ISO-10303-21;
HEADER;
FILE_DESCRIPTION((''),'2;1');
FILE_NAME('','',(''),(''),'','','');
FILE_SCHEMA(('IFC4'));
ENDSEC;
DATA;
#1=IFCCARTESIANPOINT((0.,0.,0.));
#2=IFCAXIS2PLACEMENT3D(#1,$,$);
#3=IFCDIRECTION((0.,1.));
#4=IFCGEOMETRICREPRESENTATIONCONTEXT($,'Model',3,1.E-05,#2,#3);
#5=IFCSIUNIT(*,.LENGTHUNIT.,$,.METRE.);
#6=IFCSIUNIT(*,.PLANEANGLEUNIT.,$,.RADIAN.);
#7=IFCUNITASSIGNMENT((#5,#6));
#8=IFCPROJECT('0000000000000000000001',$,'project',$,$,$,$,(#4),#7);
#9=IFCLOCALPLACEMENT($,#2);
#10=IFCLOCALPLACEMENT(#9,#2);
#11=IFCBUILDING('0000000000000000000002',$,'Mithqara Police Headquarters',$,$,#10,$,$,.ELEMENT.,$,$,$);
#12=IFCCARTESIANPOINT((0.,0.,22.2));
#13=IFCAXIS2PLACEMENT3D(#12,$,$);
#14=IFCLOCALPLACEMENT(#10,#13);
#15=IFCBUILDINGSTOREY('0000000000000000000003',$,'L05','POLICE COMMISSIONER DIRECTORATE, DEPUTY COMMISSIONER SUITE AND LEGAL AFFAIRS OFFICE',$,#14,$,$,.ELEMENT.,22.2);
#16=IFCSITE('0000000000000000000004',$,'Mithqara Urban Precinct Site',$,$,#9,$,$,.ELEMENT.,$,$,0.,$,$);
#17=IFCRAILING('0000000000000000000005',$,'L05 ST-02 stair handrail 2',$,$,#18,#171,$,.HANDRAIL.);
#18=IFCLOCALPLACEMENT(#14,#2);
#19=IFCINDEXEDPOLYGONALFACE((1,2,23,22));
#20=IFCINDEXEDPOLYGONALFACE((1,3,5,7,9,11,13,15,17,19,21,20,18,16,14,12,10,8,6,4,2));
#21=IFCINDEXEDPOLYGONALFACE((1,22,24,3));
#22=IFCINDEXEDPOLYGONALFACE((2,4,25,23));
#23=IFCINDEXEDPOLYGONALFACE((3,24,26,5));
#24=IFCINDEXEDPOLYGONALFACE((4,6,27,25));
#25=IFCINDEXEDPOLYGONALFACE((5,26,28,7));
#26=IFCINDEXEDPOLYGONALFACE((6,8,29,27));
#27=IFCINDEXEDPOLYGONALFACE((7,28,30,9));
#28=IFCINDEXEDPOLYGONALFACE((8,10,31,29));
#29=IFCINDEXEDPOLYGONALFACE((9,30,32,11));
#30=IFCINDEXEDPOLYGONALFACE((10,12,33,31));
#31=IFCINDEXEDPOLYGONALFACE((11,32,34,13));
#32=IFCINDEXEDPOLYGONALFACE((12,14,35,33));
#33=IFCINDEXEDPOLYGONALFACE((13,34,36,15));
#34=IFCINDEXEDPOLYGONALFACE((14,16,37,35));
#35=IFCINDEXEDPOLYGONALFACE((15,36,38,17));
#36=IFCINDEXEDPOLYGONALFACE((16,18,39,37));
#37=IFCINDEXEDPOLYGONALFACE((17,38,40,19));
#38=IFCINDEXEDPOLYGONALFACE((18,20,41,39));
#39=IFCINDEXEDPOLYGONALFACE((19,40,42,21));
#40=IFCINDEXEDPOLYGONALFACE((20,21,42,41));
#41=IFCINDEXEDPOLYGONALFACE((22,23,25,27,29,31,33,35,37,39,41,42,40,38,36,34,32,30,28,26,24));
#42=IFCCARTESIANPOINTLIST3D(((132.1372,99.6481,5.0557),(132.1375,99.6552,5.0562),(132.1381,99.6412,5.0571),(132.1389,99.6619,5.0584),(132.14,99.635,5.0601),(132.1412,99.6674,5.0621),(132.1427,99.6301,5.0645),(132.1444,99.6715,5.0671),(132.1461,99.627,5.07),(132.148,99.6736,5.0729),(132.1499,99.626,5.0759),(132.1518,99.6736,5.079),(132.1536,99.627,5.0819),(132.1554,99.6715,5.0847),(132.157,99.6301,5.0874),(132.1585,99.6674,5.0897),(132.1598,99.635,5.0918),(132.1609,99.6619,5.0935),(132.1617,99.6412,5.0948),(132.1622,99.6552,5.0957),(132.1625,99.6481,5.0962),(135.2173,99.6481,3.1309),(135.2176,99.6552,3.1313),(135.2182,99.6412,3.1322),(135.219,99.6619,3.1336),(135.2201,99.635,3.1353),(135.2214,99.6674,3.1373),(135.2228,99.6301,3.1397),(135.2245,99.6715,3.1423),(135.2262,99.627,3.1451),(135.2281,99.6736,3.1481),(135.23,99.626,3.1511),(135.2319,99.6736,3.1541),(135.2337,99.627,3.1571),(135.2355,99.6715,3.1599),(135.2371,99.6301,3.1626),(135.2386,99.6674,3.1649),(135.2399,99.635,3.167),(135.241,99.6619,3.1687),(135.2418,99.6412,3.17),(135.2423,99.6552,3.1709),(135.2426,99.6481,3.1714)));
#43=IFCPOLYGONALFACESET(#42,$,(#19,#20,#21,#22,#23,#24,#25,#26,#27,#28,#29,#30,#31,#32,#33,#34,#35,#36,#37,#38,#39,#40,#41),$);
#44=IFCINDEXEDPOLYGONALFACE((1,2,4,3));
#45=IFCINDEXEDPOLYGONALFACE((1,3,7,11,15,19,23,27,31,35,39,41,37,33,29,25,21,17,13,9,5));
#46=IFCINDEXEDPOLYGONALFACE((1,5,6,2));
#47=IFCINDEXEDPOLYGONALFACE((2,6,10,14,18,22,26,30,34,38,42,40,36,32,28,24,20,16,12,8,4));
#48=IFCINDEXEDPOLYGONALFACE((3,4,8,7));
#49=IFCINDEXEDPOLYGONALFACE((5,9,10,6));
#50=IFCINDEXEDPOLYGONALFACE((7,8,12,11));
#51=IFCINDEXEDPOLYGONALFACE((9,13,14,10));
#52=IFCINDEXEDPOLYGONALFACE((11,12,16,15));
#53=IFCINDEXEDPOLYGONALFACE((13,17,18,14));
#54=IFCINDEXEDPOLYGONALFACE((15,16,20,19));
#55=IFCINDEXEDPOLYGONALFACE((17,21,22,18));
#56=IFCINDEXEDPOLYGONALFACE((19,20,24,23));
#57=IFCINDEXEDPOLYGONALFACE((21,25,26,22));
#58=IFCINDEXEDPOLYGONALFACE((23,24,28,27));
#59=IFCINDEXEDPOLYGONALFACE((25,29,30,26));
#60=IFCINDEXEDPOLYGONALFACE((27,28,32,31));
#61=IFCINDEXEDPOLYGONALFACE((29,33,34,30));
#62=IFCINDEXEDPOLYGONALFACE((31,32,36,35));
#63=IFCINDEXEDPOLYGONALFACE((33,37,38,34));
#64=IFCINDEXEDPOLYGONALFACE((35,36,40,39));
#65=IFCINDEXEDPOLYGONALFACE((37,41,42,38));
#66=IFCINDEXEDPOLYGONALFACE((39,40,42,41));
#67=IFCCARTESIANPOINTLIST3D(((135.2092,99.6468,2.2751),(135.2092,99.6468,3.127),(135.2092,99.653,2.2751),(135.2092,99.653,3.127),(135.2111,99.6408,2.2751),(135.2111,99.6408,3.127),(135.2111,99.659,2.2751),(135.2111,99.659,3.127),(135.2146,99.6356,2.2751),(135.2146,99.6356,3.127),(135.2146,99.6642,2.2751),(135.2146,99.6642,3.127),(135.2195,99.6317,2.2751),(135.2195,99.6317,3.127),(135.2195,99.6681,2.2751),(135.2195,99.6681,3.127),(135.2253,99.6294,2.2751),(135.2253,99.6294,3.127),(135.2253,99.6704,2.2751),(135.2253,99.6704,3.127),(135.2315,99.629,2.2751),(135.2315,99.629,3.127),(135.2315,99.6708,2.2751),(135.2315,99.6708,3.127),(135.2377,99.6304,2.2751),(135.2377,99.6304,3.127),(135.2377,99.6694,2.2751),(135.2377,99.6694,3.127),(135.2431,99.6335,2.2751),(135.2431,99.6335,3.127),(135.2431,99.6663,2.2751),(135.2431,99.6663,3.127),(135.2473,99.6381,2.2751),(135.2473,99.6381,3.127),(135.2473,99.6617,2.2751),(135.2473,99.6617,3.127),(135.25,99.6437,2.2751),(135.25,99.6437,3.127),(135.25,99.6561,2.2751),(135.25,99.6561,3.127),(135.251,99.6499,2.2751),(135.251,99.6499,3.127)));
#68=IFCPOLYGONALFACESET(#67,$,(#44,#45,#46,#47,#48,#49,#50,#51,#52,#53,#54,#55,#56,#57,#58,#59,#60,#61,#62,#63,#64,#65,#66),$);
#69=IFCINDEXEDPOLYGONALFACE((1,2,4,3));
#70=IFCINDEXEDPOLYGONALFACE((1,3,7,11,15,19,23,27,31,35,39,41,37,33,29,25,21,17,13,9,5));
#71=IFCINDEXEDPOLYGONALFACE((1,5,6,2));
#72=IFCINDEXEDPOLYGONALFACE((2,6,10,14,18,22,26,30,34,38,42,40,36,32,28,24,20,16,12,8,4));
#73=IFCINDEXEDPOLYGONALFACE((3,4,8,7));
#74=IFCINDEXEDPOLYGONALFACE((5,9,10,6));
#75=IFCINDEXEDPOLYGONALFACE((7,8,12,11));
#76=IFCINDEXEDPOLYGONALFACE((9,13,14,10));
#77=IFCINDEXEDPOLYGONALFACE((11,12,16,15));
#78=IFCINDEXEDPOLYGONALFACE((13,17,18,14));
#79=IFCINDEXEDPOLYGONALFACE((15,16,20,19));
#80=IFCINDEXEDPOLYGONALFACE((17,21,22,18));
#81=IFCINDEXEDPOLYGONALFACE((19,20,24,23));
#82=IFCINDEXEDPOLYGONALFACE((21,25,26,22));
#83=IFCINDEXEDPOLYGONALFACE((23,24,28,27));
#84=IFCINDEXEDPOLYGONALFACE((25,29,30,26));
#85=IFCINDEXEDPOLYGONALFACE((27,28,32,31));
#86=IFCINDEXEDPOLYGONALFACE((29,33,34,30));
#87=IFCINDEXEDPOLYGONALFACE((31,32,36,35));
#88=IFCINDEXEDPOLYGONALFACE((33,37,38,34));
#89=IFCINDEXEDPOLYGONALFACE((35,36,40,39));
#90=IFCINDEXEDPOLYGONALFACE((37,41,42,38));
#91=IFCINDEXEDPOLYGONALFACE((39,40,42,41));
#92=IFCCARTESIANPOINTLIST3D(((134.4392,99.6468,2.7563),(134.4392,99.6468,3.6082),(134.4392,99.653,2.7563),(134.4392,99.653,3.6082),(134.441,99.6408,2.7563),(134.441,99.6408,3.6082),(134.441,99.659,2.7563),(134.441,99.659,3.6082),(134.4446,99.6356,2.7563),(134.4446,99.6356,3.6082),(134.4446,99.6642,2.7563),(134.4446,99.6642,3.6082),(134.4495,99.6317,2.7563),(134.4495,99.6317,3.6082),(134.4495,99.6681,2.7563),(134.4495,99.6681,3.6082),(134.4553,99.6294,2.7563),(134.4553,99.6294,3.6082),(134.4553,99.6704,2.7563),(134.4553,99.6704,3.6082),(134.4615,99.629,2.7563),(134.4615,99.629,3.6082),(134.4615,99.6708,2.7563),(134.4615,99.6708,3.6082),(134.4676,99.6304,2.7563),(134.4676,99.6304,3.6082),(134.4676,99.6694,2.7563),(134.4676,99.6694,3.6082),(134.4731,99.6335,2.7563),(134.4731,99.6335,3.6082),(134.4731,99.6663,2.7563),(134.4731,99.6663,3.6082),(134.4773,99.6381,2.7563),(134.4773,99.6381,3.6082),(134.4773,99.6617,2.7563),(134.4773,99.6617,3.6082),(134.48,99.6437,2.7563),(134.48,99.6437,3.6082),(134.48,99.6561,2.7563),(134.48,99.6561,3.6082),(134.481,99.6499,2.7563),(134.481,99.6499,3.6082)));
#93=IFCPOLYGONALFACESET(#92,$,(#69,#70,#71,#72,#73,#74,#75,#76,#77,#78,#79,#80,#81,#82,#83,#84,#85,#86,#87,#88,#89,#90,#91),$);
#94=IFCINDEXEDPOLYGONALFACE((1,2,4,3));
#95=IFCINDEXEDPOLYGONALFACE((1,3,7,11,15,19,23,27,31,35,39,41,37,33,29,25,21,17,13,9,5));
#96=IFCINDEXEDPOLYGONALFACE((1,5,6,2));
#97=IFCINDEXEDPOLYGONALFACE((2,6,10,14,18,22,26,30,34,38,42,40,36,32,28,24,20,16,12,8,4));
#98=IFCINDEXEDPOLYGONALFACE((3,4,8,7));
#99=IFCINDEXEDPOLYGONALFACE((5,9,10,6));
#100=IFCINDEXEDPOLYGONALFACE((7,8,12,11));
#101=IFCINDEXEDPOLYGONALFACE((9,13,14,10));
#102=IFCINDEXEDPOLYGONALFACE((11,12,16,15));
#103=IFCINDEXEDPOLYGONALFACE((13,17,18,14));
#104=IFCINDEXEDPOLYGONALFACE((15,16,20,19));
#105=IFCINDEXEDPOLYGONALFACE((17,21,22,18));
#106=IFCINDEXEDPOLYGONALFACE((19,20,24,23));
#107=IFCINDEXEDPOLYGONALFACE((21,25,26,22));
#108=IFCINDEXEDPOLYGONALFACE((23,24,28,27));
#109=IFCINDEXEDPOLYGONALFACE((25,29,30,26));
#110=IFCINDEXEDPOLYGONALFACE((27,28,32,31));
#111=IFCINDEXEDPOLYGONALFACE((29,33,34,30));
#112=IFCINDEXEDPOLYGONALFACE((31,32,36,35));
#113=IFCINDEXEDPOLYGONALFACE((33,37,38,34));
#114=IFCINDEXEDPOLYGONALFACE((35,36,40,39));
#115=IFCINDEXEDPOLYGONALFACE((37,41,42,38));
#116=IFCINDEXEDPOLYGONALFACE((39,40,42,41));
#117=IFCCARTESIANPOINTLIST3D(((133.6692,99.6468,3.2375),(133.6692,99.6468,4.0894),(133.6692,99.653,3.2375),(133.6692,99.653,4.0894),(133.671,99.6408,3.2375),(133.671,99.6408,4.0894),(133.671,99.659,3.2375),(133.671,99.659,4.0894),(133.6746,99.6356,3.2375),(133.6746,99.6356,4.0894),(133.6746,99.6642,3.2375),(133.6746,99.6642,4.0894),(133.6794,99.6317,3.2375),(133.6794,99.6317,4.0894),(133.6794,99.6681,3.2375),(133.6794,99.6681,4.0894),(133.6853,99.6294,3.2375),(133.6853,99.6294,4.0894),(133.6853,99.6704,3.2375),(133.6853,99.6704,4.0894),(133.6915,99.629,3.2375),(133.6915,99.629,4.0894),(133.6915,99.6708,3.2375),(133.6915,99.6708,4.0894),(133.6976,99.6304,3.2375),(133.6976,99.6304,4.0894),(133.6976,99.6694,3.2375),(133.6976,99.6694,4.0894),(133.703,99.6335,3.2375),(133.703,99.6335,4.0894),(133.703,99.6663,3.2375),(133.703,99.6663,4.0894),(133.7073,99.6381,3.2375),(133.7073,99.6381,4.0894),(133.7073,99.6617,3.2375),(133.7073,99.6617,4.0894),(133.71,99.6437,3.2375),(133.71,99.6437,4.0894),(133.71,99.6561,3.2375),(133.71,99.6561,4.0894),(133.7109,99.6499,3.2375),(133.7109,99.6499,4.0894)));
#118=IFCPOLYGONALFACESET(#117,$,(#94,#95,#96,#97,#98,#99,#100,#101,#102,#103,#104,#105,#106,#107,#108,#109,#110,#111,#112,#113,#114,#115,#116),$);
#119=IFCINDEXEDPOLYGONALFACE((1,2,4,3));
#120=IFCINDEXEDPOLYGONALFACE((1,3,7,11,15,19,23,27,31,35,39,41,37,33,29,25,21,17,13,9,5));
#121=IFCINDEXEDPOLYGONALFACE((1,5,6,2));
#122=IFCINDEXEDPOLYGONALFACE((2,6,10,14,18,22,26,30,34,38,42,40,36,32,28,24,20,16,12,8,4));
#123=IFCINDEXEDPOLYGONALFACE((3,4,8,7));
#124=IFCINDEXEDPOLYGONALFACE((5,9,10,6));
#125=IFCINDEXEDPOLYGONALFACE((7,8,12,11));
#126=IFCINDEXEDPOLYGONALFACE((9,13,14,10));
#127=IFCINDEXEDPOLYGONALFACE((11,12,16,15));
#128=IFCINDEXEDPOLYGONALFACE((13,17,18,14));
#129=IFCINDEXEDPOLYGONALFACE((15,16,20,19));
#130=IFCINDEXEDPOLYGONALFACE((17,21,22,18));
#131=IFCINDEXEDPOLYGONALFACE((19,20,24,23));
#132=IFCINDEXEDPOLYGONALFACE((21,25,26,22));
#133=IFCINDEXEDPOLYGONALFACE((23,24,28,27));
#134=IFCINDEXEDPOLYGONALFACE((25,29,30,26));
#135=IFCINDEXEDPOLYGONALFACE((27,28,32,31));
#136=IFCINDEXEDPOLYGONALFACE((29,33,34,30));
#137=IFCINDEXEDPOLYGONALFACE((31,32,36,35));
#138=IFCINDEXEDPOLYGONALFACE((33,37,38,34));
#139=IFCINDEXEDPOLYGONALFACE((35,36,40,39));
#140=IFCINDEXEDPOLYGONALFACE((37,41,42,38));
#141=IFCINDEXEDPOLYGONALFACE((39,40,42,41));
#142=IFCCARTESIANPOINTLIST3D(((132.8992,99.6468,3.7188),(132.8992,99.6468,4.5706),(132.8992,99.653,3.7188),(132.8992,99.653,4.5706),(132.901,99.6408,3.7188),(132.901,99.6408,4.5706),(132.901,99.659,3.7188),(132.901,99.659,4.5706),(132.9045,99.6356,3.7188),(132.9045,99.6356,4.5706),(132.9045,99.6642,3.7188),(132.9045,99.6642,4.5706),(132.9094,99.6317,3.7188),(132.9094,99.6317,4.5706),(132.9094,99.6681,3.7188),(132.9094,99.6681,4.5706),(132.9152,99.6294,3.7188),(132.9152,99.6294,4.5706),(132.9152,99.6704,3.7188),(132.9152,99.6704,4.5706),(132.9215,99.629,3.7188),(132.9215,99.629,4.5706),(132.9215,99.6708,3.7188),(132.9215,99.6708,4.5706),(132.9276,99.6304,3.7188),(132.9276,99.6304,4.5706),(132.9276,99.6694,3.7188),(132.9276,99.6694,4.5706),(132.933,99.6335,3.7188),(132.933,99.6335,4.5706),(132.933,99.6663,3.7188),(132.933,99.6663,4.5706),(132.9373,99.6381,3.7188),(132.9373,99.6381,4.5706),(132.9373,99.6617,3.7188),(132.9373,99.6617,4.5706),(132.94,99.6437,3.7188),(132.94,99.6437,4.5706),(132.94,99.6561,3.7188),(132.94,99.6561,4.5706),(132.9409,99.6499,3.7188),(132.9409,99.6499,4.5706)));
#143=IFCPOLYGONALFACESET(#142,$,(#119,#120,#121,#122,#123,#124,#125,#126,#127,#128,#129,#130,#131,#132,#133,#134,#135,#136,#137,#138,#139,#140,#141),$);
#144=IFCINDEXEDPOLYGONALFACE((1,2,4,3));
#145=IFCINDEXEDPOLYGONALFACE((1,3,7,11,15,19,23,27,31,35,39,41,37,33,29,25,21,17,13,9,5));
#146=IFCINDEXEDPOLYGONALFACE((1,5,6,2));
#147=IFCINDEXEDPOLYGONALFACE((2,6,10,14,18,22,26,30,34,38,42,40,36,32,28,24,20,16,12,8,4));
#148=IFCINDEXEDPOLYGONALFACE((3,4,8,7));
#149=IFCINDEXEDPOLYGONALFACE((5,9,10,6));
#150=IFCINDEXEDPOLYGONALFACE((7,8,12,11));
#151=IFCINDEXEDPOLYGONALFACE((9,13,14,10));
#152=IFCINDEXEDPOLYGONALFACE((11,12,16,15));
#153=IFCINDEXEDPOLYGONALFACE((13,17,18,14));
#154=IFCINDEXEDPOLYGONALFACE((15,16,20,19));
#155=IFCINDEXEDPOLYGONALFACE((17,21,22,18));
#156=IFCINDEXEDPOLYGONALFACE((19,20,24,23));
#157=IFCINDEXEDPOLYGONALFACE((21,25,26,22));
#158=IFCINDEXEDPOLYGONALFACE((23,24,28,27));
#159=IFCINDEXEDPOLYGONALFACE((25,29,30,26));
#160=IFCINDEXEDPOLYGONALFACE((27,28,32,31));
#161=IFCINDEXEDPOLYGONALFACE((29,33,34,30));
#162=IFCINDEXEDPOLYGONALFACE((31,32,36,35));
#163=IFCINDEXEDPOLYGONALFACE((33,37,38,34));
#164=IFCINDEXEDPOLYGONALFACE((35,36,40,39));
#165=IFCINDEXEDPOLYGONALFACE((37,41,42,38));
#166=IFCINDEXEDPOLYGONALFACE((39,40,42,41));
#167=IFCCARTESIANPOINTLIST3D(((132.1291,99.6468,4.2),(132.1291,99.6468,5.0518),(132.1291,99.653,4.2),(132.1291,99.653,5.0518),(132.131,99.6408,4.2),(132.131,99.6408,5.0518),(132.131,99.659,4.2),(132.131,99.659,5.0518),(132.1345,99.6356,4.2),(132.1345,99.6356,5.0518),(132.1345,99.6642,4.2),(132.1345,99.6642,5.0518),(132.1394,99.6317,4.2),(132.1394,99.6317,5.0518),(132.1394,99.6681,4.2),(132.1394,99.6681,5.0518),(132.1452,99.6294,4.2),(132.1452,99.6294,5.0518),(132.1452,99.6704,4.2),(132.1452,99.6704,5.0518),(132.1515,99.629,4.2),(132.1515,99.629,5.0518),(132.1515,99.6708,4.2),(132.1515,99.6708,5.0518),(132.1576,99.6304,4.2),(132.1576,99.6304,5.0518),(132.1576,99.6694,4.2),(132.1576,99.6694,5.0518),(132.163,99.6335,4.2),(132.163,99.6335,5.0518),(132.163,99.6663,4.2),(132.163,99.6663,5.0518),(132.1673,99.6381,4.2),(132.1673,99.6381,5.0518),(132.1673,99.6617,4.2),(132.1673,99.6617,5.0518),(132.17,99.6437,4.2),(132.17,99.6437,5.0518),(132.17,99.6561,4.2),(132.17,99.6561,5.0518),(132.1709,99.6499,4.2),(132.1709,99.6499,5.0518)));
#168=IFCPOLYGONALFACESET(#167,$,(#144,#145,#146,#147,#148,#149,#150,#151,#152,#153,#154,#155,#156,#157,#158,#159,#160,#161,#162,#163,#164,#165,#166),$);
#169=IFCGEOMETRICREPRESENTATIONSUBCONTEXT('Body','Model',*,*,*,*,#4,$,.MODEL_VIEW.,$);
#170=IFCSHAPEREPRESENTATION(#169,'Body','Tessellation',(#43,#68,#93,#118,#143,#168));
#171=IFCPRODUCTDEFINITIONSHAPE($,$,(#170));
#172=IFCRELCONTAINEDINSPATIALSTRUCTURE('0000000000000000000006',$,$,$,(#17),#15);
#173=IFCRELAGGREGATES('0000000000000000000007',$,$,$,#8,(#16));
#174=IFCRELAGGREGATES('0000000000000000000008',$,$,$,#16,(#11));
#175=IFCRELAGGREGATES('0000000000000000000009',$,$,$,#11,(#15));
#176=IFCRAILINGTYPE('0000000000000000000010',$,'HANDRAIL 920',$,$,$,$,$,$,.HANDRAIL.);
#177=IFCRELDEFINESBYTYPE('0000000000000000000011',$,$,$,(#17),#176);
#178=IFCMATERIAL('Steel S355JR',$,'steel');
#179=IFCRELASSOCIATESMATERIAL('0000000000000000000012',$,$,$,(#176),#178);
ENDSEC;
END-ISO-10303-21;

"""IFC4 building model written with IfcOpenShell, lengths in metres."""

from ifc_helpers import new_model, si_unit, direction, frame, origin, origin_2d, place, context, subcontext, project, spatial, circle, extrude, material, type_object, element, save


model = new_model("IFC4")

# Units and contexts
model_context = context("Model", 3, precision=1e-05, world=origin(), true_north=direction((0.0, 1.0)))
body_context = subcontext(model_context, "Body", "Model", "MODEL_VIEW")
ifc_project = project(units=[si_unit("LENGTHUNIT", "METRE"), si_unit("PLANEANGLEUNIT", "RADIAN")], contexts=[model_context])

# Site, building, storey
site_placement = place(None, origin())
site = spatial("IfcSite", under=ifc_project, at=site_placement, Name="Mithqara Urban Precinct Site", CompositionType="ELEMENT", RefElevation=0.0)
building_placement = place(site_placement, origin())
building = spatial("IfcBuilding", under=site, at=building_placement, Name="Mithqara Police Headquarters", CompositionType="ELEMENT")
storey_placement = place(building_placement, frame((0.0, 0.0, 22.2)))
storey = spatial("IfcBuildingStorey", under=building, at=storey_placement, Name="L05", Description="POLICE COMMISSIONER DIRECTORATE, DEPUTY COMMISSIONER SUITE AND LEGAL AFFAIRS OFFICE", CompositionType="ELEMENT", Elevation=22.2)

# Shared definitions
ifc_material_1 = material(Name="Steel S355JR", Category="steel")

# Railing
railing_type_1 = type_object("IfcRailingType", Name="HANDRAIL 920", PredefinedType="HANDRAIL", material=ifc_material_1)
railing_1_placement = place(storey_placement, frame((135.23, 99.6499, 2.2751)))
element("IfcRailing", 1, at=railing_1_placement, inside=storey, type_object=railing_type_1, Name="L05 ST-02 stair handrail 2", PredefinedType="HANDRAIL", context=body_context, shape_type="SweptSolid", body=[
    extrude(circle(Radius=0.0239, at=origin_2d()), frame((0.0, 0.0, 0.876), z_axis=(-0.848029, 0.0, 0.529951), x_axis=(0.0, -1.0, 0.0)), (0.0, 0.0, 1.0), 3.6321),
    extrude(circle(Radius=0.021, at=origin_2d()), origin(), (0.0, 0.0, 1.0), 0.8518),
    extrude(circle(Radius=0.021, at=origin_2d()), frame((-0.77, 0.0, 0.4812)), (0.0, 0.0, 1.0), 0.8518),
    extrude(circle(Radius=0.021, at=origin_2d()), frame((-1.54, 0.0, 0.9624)), (0.0, 0.0, 1.0), 0.8518),
    extrude(circle(Radius=0.021, at=origin_2d()), frame((-2.3101, 0.0, 1.4436)), (0.0, 0.0, 1.0), 0.8518),
    extrude(circle(Radius=0.021, at=origin_2d()), frame((-3.0801, 0.0, 1.9248)), (0.0, 0.0, 1.0), 0.8518),
])

save(model, "model.ifc")
